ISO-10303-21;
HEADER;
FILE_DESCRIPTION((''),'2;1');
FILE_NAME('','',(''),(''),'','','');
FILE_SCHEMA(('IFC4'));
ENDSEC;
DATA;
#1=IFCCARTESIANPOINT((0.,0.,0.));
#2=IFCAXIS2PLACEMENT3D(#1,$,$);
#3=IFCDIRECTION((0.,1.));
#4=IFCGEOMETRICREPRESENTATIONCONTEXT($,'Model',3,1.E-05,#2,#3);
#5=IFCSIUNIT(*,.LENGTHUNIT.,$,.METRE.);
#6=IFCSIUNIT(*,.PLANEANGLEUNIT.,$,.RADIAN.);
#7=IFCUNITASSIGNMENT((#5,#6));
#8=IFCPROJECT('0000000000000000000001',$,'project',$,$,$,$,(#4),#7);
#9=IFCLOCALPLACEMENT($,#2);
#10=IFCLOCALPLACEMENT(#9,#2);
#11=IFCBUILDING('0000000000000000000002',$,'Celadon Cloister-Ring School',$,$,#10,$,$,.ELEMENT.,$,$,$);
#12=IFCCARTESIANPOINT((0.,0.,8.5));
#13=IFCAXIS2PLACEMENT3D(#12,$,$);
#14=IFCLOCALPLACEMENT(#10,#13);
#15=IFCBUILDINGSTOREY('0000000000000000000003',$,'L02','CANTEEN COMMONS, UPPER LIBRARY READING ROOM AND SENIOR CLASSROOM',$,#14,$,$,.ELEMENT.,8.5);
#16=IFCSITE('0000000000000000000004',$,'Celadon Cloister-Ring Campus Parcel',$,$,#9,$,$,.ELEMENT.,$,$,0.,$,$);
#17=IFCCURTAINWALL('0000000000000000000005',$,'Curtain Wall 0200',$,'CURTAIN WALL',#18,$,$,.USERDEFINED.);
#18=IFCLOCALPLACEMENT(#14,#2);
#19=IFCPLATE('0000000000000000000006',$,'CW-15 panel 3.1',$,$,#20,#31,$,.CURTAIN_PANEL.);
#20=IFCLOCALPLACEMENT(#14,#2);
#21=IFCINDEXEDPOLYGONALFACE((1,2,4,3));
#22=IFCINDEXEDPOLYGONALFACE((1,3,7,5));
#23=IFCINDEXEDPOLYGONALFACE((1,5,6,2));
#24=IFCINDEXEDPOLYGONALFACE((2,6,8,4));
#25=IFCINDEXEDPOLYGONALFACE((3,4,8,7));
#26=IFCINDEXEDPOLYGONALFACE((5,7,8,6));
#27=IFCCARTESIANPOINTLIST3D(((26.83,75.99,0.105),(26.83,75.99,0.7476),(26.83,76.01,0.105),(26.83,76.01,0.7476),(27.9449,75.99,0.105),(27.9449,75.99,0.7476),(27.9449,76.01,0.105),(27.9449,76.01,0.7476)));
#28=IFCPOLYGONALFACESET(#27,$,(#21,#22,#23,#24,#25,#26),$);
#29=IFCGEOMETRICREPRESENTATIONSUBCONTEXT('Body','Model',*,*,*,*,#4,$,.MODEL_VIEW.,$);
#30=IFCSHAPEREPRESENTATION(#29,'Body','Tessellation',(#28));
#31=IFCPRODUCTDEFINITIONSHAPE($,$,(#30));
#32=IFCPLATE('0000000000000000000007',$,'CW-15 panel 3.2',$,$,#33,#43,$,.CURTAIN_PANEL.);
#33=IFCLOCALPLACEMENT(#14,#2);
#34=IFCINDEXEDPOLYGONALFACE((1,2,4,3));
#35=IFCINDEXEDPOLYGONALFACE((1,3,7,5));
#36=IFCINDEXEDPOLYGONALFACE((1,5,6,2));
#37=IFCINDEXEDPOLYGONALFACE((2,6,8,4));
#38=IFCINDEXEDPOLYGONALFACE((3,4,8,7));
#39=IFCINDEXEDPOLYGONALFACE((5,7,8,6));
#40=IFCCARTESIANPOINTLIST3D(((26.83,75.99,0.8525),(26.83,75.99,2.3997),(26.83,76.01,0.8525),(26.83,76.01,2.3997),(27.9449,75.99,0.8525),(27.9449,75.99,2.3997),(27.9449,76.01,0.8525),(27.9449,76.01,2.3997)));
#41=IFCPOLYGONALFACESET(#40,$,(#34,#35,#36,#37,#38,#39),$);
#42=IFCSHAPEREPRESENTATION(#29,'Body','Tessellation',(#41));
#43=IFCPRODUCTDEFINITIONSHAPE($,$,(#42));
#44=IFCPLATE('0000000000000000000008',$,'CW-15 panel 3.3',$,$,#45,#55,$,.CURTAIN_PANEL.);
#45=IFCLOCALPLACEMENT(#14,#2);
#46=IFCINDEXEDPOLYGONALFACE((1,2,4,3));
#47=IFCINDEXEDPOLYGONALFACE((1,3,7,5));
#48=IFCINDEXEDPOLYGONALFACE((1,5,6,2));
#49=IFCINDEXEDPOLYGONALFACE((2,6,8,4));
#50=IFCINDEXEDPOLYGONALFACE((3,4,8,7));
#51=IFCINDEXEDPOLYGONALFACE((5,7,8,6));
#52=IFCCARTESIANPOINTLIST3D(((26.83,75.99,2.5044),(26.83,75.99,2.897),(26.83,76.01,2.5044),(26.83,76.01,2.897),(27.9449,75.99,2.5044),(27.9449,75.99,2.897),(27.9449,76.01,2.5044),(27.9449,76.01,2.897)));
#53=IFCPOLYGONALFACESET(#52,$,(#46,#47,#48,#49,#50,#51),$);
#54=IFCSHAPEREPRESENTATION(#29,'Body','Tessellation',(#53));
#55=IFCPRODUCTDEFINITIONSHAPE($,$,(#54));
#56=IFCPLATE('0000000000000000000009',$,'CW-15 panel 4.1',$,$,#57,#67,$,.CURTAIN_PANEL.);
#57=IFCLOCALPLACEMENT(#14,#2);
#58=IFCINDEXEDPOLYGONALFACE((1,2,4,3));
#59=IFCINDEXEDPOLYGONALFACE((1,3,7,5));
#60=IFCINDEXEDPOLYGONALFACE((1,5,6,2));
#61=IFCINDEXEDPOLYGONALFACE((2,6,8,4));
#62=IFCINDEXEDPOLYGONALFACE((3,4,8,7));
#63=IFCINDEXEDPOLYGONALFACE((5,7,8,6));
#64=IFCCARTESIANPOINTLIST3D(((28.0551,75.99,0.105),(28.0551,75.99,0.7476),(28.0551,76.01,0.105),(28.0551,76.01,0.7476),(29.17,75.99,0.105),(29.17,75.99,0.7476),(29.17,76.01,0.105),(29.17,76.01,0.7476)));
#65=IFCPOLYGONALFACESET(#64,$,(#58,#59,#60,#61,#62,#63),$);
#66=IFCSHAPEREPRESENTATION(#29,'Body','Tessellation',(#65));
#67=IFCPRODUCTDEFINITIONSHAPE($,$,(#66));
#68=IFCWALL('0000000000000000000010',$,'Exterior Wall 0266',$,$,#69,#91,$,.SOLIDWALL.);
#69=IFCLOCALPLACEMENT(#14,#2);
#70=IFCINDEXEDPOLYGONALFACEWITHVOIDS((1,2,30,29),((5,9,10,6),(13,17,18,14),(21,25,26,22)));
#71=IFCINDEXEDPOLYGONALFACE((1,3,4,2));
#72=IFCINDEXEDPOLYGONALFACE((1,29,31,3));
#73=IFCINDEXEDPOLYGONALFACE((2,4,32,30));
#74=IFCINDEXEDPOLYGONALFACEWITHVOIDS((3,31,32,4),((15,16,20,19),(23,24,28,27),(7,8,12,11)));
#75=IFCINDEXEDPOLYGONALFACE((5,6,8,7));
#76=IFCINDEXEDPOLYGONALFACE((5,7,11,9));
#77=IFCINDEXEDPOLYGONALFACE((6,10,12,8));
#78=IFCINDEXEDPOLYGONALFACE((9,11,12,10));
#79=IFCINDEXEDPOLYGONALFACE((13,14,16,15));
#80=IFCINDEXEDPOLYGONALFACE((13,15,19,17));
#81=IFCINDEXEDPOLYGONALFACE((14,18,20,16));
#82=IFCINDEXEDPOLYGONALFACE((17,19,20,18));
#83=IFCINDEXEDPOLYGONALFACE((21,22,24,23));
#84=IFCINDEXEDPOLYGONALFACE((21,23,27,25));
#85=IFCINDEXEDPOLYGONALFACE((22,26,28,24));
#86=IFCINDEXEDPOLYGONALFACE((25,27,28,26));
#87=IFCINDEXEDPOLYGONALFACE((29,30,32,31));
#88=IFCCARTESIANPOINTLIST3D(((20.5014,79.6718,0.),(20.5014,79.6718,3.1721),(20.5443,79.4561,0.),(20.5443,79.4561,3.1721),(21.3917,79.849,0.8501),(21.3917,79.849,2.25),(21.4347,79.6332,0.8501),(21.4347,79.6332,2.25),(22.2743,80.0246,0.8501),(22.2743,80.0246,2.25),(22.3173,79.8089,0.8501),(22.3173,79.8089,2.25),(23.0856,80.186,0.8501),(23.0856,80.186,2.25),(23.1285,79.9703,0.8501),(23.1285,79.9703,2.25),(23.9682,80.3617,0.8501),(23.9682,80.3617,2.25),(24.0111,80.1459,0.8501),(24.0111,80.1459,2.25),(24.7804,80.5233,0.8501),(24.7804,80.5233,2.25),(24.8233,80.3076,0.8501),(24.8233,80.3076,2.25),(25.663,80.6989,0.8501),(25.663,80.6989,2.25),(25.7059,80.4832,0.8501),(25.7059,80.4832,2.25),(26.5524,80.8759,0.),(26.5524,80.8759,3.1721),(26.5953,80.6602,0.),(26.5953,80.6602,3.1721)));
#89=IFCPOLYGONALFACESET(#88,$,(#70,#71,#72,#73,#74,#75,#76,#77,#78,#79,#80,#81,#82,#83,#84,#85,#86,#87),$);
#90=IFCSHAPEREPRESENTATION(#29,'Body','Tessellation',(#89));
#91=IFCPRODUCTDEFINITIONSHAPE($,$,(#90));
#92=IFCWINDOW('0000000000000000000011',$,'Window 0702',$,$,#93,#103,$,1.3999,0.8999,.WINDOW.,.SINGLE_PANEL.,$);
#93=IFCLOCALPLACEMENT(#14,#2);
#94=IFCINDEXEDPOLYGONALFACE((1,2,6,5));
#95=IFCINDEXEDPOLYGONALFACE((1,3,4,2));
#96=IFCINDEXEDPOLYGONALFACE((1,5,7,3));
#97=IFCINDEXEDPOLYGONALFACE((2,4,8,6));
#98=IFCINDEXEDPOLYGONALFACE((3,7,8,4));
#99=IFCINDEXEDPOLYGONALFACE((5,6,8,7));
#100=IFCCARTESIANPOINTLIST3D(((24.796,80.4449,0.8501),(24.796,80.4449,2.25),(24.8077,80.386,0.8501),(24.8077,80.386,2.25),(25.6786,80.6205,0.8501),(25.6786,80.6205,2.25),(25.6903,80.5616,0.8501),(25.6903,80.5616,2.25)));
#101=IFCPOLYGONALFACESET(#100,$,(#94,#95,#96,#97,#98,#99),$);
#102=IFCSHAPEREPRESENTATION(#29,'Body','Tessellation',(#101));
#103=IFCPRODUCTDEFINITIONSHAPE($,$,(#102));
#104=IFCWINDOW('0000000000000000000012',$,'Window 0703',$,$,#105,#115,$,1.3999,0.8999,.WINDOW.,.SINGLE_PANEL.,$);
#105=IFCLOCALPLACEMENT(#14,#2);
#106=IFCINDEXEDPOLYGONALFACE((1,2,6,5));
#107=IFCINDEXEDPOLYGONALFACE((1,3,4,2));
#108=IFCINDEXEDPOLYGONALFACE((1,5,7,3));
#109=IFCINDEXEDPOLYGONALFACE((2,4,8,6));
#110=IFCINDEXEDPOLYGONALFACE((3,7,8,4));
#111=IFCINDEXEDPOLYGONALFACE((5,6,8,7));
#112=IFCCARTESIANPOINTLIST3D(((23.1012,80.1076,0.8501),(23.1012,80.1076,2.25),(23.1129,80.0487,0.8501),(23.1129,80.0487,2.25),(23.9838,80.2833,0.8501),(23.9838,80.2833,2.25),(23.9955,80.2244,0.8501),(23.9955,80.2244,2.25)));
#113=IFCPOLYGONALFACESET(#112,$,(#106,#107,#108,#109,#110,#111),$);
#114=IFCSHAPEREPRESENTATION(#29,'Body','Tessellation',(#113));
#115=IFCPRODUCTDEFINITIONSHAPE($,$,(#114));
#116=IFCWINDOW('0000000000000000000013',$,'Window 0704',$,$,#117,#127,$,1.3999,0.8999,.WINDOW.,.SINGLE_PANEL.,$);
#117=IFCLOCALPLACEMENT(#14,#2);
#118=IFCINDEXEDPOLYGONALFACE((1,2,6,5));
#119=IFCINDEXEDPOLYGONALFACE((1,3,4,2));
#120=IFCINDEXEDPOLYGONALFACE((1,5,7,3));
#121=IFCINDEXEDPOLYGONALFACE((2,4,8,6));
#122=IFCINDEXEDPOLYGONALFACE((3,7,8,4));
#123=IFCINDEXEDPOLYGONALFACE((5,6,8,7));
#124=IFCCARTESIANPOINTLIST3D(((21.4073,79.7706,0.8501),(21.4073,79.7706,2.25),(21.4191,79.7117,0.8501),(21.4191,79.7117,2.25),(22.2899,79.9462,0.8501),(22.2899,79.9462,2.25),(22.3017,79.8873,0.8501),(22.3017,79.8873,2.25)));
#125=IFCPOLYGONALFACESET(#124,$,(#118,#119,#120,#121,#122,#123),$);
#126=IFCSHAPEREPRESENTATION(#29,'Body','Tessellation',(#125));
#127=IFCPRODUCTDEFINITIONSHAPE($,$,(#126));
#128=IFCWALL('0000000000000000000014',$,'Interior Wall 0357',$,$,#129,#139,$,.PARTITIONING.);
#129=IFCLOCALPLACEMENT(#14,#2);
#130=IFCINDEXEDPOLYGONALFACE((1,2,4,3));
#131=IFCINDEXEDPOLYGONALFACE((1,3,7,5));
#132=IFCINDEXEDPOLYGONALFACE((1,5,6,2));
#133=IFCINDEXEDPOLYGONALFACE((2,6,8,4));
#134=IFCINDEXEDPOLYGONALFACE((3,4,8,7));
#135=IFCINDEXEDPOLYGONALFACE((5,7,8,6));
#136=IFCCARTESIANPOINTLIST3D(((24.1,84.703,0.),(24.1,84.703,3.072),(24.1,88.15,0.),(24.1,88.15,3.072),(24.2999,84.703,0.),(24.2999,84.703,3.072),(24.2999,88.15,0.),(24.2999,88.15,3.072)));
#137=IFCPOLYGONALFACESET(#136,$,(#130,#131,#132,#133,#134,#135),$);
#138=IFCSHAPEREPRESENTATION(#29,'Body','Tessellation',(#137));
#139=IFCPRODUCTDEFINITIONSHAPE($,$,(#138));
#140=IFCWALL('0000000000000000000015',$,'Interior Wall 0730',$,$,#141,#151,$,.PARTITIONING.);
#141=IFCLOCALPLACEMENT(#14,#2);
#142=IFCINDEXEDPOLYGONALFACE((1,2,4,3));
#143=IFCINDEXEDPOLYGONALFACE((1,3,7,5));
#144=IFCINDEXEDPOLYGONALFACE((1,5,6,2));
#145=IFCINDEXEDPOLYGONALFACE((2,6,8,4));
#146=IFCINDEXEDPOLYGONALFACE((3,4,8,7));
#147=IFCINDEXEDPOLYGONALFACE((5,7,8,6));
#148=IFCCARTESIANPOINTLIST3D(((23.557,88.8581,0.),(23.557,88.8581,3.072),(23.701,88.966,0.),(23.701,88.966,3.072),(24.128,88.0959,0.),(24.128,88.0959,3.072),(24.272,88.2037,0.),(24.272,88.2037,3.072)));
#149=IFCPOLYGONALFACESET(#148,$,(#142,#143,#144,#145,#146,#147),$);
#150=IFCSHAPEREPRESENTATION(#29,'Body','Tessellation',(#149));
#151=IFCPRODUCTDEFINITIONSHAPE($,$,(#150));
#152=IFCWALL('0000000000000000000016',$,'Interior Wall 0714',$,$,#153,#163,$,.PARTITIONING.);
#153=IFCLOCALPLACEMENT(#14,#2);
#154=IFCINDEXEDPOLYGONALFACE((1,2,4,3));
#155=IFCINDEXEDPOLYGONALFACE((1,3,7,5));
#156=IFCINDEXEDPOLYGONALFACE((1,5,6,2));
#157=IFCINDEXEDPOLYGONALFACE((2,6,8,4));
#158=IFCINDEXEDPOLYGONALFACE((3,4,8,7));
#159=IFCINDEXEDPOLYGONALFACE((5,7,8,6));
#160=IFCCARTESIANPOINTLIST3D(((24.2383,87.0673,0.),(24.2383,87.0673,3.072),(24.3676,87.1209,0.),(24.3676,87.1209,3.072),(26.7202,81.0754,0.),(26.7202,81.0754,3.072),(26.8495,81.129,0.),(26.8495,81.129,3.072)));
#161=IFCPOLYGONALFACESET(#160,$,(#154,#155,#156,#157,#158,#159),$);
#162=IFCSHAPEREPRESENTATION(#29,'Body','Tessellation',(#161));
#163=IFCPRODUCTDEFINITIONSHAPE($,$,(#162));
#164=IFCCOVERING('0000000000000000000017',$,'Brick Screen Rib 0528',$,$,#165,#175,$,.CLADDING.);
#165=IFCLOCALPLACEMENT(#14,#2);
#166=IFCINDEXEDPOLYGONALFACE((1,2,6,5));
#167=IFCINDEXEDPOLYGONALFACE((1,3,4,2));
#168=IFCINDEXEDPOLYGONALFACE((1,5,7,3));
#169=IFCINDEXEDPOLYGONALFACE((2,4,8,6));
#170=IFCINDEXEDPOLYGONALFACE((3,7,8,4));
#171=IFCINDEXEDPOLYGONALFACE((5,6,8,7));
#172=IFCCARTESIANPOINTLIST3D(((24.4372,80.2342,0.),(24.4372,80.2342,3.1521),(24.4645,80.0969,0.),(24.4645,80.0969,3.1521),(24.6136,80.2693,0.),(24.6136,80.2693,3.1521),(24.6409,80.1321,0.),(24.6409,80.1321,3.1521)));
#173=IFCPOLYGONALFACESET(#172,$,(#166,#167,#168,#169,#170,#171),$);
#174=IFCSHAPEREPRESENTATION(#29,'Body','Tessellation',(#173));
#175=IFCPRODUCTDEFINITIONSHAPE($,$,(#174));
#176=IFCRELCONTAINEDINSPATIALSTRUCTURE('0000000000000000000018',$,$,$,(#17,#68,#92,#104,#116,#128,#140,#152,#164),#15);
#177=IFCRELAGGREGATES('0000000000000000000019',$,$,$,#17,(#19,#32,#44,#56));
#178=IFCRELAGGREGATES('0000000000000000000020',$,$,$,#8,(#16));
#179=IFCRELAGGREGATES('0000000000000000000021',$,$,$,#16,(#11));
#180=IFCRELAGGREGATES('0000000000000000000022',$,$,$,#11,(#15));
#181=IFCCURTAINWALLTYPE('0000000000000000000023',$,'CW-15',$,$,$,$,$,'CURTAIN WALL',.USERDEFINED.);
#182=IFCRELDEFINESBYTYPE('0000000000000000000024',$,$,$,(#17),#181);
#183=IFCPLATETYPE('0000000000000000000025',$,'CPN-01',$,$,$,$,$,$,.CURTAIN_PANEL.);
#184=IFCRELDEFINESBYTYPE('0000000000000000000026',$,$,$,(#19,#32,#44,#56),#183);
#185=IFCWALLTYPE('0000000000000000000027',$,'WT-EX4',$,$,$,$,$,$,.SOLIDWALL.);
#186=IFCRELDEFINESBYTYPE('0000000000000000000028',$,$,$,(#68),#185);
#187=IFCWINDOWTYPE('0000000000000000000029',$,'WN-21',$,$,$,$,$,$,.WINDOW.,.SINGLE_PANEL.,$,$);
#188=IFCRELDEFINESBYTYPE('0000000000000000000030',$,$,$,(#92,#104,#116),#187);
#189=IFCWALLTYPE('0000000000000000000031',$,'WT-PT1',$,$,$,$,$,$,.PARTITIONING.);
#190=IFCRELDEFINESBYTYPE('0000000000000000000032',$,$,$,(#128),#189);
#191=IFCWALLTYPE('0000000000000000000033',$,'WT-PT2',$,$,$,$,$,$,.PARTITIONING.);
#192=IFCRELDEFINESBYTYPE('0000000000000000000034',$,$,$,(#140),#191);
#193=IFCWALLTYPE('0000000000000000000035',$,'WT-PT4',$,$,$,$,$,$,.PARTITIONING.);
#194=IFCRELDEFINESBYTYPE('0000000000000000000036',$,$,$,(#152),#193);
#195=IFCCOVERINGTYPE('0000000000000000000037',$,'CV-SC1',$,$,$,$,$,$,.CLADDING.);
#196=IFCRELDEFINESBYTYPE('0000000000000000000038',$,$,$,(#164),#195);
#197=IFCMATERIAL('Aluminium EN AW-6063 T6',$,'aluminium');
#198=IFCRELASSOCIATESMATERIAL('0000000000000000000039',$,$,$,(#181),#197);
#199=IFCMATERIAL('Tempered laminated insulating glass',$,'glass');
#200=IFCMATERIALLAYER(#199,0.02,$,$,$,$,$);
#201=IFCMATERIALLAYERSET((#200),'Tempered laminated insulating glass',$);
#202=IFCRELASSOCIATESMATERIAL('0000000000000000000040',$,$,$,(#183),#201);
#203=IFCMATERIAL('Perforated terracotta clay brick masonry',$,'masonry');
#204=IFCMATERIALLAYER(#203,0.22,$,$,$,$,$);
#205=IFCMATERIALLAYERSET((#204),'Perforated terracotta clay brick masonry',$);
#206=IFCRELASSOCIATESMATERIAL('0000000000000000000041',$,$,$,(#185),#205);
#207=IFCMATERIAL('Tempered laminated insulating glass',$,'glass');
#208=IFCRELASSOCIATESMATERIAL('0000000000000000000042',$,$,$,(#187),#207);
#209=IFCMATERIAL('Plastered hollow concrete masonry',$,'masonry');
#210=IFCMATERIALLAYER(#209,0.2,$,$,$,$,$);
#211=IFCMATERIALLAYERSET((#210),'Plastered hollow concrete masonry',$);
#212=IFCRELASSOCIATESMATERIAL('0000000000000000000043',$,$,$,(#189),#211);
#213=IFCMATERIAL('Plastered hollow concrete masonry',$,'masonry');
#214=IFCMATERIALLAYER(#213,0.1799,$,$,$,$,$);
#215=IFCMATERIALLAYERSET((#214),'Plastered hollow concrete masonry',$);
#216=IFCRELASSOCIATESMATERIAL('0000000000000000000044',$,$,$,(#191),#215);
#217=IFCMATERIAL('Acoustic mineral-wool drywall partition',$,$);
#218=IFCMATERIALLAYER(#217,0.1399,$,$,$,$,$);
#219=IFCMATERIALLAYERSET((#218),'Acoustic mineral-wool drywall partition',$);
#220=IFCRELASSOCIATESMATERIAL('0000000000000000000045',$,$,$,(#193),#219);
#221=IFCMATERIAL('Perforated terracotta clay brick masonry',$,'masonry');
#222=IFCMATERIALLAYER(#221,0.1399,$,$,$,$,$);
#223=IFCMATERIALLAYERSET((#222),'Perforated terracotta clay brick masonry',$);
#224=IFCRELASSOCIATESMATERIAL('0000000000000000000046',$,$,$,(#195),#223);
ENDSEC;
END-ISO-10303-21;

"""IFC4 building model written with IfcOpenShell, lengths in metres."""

from ifc_helpers import new_model, si_unit, direction, frame, frame_2d, origin, origin_2d, place, context, subcontext, project, spatial, rectangle, extrude, material, layer, layer_set, type_object, element, fill, aggregate, save


model = new_model("IFC4")

# Units and contexts
model_context = context("Model", 3, precision=1e-05, world=origin(), true_north=direction((0.0, 1.0)))
body_context = subcontext(model_context, "Body", "Model", "MODEL_VIEW")
ifc_project = project(units=[si_unit("LENGTHUNIT", "METRE"), si_unit("PLANEANGLEUNIT", "RADIAN")], contexts=[model_context])

# Site, building, storey
site_placement = place(None, origin())
site = spatial("IfcSite", under=ifc_project, at=site_placement, Name="Celadon Cloister-Ring Campus Parcel", CompositionType="ELEMENT", RefElevation=0.0)
building_placement = place(site_placement, origin())
building = spatial("IfcBuilding", under=site, at=building_placement, Name="Celadon Cloister-Ring School", CompositionType="ELEMENT")
storey_placement = place(building_placement, frame((0.0, 0.0, 8.5)))
storey = spatial("IfcBuildingStorey", under=building, at=storey_placement, Name="L02", Description="CANTEEN COMMONS, UPPER LIBRARY READING ROOM AND SENIOR CLASSROOM", CompositionType="ELEMENT", Elevation=8.5)

# Curtain wall
ifc_material_1 = material(Name="Aluminium EN AW-6063 T6", Category="aluminium")
curtain_wall_type = type_object("IfcCurtainWallType", Name="CW-15", ElementType="CURTAIN WALL", PredefinedType="USERDEFINED", material=ifc_material_1)
curtain_wall_placement = place(storey_placement, origin())
curtain_wall = element("IfcCurtainWall", 1, at=curtain_wall_placement, inside=storey, type_object=curtain_wall_type, Name="Curtain Wall 0200", ObjectType="CURTAIN WALL", PredefinedType="USERDEFINED")

# Plates
ifc_material_2 = material(Name="Tempered laminated insulating glass", Category="glass")
ifc_layer_1 = layer(ifc_material_2, 0.02)
ifc_layer_set_1 = layer_set([ifc_layer_1], Name="Tempered laminated insulating glass")
plate_type = type_object("IfcPlateType", Name="CPN-01", PredefinedType="CURTAIN_PANEL", material=ifc_layer_set_1)
plate_1_placement = place(storey_placement, frame((27.3875, 76.0, 0.105), z_axis=(0.0, 0.0, 1.0), x_axis=(1.0, 0.0, 0.0)))
plate_1 = element("IfcPlate", 2, at=plate_1_placement, type_object=plate_type, Name="CW-15 panel 3.1", PredefinedType="CURTAIN_PANEL", context=body_context, shape_type="SweptSolid", body=[
    extrude(rectangle(XDim=1.115, YDim=0.02, at=origin_2d()), origin(), (0.0, 0.0, 1.0), 0.6426),
])
plate_2_placement = place(storey_placement, frame((27.3875, 76.0, 0.8525), z_axis=(0.0, 0.0, 1.0), x_axis=(1.0, 0.0, 0.0)))
plate_2 = element("IfcPlate", 3, at=plate_2_placement, type_object=plate_type, Name="CW-15 panel 3.2", PredefinedType="CURTAIN_PANEL", context=body_context, shape_type="SweptSolid", body=[
    extrude(rectangle(XDim=1.115, YDim=0.02, at=origin_2d()), origin(), (0.0, 0.0, 1.0), 1.5471),
])
plate_3_placement = place(storey_placement, frame((27.3875, 76.0, 2.5044), z_axis=(0.0, 0.0, 1.0), x_axis=(1.0, 0.0, 0.0)))
plate_3 = element("IfcPlate", 4, at=plate_3_placement, type_object=plate_type, Name="CW-15 panel 3.3", PredefinedType="CURTAIN_PANEL", context=body_context, shape_type="SweptSolid", body=[
    extrude(rectangle(XDim=1.115, YDim=0.02, at=origin_2d()), origin(), (0.0, 0.0, 1.0), 0.3926),
])
plate_4_placement = place(storey_placement, frame((28.6125, 76.0, 0.105), z_axis=(0.0, 0.0, 1.0), x_axis=(1.0, 0.0, 0.0)))
plate_4 = element("IfcPlate", 5, at=plate_4_placement, type_object=plate_type, Name="CW-15 panel 4.1", PredefinedType="CURTAIN_PANEL", context=body_context, shape_type="SweptSolid", body=[
    extrude(rectangle(XDim=1.115, YDim=0.02, at=origin_2d()), origin(), (0.0, 0.0, 1.0), 0.6426),
])
aggregate(curtain_wall, [plate_1, plate_2, plate_3, plate_4])

# Wall, openings, windows
ifc_material_3 = material(Name="Perforated terracotta clay brick masonry", Category="masonry")
ifc_layer_2 = layer(ifc_material_3, 0.22)
ifc_layer_set_2 = layer_set([ifc_layer_2], Name="Perforated terracotta clay brick masonry")
wall_type_1 = type_object("IfcWallType", Name="WT-EX4", PredefinedType="SOLIDWALL", material=ifc_layer_set_2)
wall_1_placement = place(storey_placement, frame((26.574, 80.7681, 0.0), z_axis=(0.0, 0.0, 1.0), x_axis=(-0.98077, -0.195165, 0.0)))
wall_1 = element("IfcWall", 6, at=wall_1_placement, inside=storey, type_object=wall_type_1, Name="Exterior Wall 0266", PredefinedType="SOLIDWALL", context=body_context, shape_type="SweptSolid", body=[
    extrude(rectangle(XDim=6.1697, YDim=0.22, at=frame_2d((3.085, 0.0))), origin(), (0.0, 0.0, 1.0), 3.1721),
])
opening_1_placement = place(wall_1_placement, frame((0.907, 0.0, 0.8501)))
opening_1 = element("IfcOpeningElement", 7, at=opening_1_placement, cuts=wall_1, PredefinedType="OPENING", context=body_context, shape_type="SweptSolid", body=[
    extrude(rectangle(XDim=0.8999, YDim=1.3999, at=frame_2d((0.45, 0.7))), frame((0.0, 0.1201, 0.0), z_axis=(0.0, -1.0, 0.0), x_axis=(1.0, 0.0, 0.0)), (0.0, 0.0, 1.0), 0.24),
])
opening_2_placement = place(wall_1_placement, frame((2.635, 0.0, 0.8501)))
opening_2 = element("IfcOpeningElement", 8, at=opening_2_placement, cuts=wall_1, PredefinedType="OPENING", context=body_context, shape_type="SweptSolid", body=[
    extrude(rectangle(XDim=0.8999, YDim=1.3999, at=frame_2d((0.45, 0.7))), frame((0.0, 0.1201, 0.0), z_axis=(0.0, -1.0, 0.0), x_axis=(1.0, 0.0, 0.0)), (0.0, 0.0, 1.0), 0.24),
])
opening_3_placement = place(wall_1_placement, frame((4.3621, 0.0, 0.8501)))
opening_3 = element("IfcOpeningElement", 9, at=opening_3_placement, cuts=wall_1, PredefinedType="OPENING", context=body_context, shape_type="SweptSolid", body=[
    extrude(rectangle(XDim=0.8999, YDim=1.3999, at=frame_2d((0.45, 0.7))), frame((0.0, 0.1201, 0.0), z_axis=(0.0, -1.0, 0.0), x_axis=(1.0, 0.0, 0.0)), (0.0, 0.0, 1.0), 0.24),
])
ifc_material_4 = material(Name="Tempered laminated insulating glass", Category="glass")
window_type = type_object("IfcWindowType", Name="WN-21", PartitioningType="SINGLE_PANEL", PredefinedType="WINDOW", material=ifc_material_4)
window_1_placement = place(opening_1_placement, origin())
window_1 = element("IfcWindow", 10, at=window_1_placement, inside=storey, type_object=window_type, Name="Window 0702", OverallHeight=1.3999, OverallWidth=0.8999, PartitioningType="SINGLE_PANEL", PredefinedType="WINDOW", context=body_context, shape_type="SweptSolid", body=[
    extrude(rectangle(XDim=0.8999, YDim=1.3999, at=frame_2d((0.45, 0.7))), frame((0.0, 0.03, 0.0), z_axis=(0.0, -1.0, 0.0), x_axis=(1.0, 0.0, 0.0)), (0.0, 0.0, 1.0), 0.0601),
])
fill(opening_1, window_1)
window_2_placement = place(opening_2_placement, origin())
window_2 = element("IfcWindow", 11, at=window_2_placement, inside=storey, type_object=window_type, Name="Window 0703", OverallHeight=1.3999, OverallWidth=0.8999, PartitioningType="SINGLE_PANEL", PredefinedType="WINDOW", context=body_context, shape_type="SweptSolid", body=[
    extrude(rectangle(XDim=0.8999, YDim=1.3999, at=frame_2d((0.45, 0.7))), frame((0.0, 0.03, 0.0), z_axis=(0.0, -1.0, 0.0), x_axis=(1.0, 0.0, 0.0)), (0.0, 0.0, 1.0), 0.0601),
])
fill(opening_2, window_2)
window_3_placement = place(opening_3_placement, origin())
window_3 = element("IfcWindow", 12, at=window_3_placement, inside=storey, type_object=window_type, Name="Window 0704", OverallHeight=1.3999, OverallWidth=0.8999, PartitioningType="SINGLE_PANEL", PredefinedType="WINDOW", context=body_context, shape_type="SweptSolid", body=[
    extrude(rectangle(XDim=0.8999, YDim=1.3999, at=frame_2d((0.45, 0.7))), frame((0.0, 0.03, 0.0), z_axis=(0.0, -1.0, 0.0), x_axis=(1.0, 0.0, 0.0)), (0.0, 0.0, 1.0), 0.0601),
])
fill(opening_3, window_3)

# Walls
ifc_material_5 = material(Name="Plastered hollow concrete masonry", Category="masonry")
ifc_layer_3 = layer(ifc_material_5, 0.2)
ifc_layer_set_3 = layer_set([ifc_layer_3], Name="Plastered hollow concrete masonry")
wall_type_2 = type_object("IfcWallType", Name="WT-PT1", PredefinedType="PARTITIONING", material=ifc_layer_set_3)
wall_2_placement = place(storey_placement, frame((24.2, 84.7029, 0.0), z_axis=(0.0, 0.0, 1.0), x_axis=(0.0, 1.0, 0.0)))
element("IfcWall", 13, at=wall_2_placement, inside=storey, type_object=wall_type_2, Name="Interior Wall 0357", PredefinedType="PARTITIONING", context=body_context, shape_type="SweptSolid", body=[
    extrude(rectangle(XDim=3.447, YDim=0.2, at=frame_2d((1.7236, 0.0))), origin(), (0.0, 0.0, 1.0), 3.072),
])
ifc_material_6 = material(Name="Plastered hollow concrete masonry", Category="masonry")
ifc_layer_4 = layer(ifc_material_6, 0.1799)
ifc_layer_set_4 = layer_set([ifc_layer_4], Name="Plastered hollow concrete masonry")
wall_type_3 = type_object("IfcWallType", Name="WT-PT2", PredefinedType="PARTITIONING", material=ifc_layer_set_4)
wall_3_placement = place(storey_placement, frame((24.2, 88.1499, 0.0), z_axis=(0.0, 0.0, 1.0), x_axis=(-0.59959, 0.800308, 0.0)))
element("IfcWall", 14, at=wall_3_placement, inside=storey, type_object=wall_type_3, Name="Interior Wall 0730", PredefinedType="PARTITIONING", context=body_context, shape_type="SweptSolid", body=[
    extrude(rectangle(XDim=0.9524, YDim=0.1799, at=frame_2d((0.4761, 0.0))), origin(), (0.0, 0.0, 1.0), 3.072),
])
ifc_material_7 = material(Name="Acoustic mineral-wool drywall partition")
ifc_layer_5 = layer(ifc_material_7, 0.1399)
ifc_layer_set_5 = layer_set([ifc_layer_5], Name="Acoustic mineral-wool drywall partition")
wall_type_4 = type_object("IfcWallType", Name="WT-PT4", PredefinedType="PARTITIONING", material=ifc_layer_set_5)
wall_4_placement = place(storey_placement, frame((24.303, 87.094, 0.0), z_axis=(0.0, 0.0, 1.0), x_axis=(0.382682, -0.92388, 0.0)))
element("IfcWall", 15, at=wall_4_placement, inside=storey, type_object=wall_type_4, Name="Interior Wall 0714", PredefinedType="PARTITIONING", context=body_context, shape_type="SweptSolid", body=[
    extrude(rectangle(XDim=6.4856, YDim=0.1399, at=frame_2d((3.2427, 0.0))), origin(), (0.0, 0.0, 1.0), 3.072),
])

# Covering
ifc_material_8 = material(Name="Perforated terracotta clay brick masonry", Category="masonry")
ifc_layer_6 = layer(ifc_material_8, 0.1399)
ifc_layer_set_6 = layer_set([ifc_layer_6], Name="Perforated terracotta clay brick masonry")
covering_type = type_object("IfcCoveringType", Name="CV-SC1", PredefinedType="CLADDING", material=ifc_layer_set_6)
covering_placement = place(storey_placement, frame((24.5391, 80.1831, 0.0), z_axis=(0.0, 0.0, 1.0), x_axis=(-0.980775, -0.195142, 0.0)))
element("IfcCovering", 16, at=covering_placement, inside=storey, type_object=covering_type, Name="Brick Screen Rib 0528", PredefinedType="CLADDING", context=body_context, shape_type="SweptSolid", body=[
    extrude(rectangle(XDim=0.1799, YDim=0.1399, at=origin_2d()), origin(), (0.0, 0.0, 1.0), 3.1521),
])

save(model, "model.ifc")
